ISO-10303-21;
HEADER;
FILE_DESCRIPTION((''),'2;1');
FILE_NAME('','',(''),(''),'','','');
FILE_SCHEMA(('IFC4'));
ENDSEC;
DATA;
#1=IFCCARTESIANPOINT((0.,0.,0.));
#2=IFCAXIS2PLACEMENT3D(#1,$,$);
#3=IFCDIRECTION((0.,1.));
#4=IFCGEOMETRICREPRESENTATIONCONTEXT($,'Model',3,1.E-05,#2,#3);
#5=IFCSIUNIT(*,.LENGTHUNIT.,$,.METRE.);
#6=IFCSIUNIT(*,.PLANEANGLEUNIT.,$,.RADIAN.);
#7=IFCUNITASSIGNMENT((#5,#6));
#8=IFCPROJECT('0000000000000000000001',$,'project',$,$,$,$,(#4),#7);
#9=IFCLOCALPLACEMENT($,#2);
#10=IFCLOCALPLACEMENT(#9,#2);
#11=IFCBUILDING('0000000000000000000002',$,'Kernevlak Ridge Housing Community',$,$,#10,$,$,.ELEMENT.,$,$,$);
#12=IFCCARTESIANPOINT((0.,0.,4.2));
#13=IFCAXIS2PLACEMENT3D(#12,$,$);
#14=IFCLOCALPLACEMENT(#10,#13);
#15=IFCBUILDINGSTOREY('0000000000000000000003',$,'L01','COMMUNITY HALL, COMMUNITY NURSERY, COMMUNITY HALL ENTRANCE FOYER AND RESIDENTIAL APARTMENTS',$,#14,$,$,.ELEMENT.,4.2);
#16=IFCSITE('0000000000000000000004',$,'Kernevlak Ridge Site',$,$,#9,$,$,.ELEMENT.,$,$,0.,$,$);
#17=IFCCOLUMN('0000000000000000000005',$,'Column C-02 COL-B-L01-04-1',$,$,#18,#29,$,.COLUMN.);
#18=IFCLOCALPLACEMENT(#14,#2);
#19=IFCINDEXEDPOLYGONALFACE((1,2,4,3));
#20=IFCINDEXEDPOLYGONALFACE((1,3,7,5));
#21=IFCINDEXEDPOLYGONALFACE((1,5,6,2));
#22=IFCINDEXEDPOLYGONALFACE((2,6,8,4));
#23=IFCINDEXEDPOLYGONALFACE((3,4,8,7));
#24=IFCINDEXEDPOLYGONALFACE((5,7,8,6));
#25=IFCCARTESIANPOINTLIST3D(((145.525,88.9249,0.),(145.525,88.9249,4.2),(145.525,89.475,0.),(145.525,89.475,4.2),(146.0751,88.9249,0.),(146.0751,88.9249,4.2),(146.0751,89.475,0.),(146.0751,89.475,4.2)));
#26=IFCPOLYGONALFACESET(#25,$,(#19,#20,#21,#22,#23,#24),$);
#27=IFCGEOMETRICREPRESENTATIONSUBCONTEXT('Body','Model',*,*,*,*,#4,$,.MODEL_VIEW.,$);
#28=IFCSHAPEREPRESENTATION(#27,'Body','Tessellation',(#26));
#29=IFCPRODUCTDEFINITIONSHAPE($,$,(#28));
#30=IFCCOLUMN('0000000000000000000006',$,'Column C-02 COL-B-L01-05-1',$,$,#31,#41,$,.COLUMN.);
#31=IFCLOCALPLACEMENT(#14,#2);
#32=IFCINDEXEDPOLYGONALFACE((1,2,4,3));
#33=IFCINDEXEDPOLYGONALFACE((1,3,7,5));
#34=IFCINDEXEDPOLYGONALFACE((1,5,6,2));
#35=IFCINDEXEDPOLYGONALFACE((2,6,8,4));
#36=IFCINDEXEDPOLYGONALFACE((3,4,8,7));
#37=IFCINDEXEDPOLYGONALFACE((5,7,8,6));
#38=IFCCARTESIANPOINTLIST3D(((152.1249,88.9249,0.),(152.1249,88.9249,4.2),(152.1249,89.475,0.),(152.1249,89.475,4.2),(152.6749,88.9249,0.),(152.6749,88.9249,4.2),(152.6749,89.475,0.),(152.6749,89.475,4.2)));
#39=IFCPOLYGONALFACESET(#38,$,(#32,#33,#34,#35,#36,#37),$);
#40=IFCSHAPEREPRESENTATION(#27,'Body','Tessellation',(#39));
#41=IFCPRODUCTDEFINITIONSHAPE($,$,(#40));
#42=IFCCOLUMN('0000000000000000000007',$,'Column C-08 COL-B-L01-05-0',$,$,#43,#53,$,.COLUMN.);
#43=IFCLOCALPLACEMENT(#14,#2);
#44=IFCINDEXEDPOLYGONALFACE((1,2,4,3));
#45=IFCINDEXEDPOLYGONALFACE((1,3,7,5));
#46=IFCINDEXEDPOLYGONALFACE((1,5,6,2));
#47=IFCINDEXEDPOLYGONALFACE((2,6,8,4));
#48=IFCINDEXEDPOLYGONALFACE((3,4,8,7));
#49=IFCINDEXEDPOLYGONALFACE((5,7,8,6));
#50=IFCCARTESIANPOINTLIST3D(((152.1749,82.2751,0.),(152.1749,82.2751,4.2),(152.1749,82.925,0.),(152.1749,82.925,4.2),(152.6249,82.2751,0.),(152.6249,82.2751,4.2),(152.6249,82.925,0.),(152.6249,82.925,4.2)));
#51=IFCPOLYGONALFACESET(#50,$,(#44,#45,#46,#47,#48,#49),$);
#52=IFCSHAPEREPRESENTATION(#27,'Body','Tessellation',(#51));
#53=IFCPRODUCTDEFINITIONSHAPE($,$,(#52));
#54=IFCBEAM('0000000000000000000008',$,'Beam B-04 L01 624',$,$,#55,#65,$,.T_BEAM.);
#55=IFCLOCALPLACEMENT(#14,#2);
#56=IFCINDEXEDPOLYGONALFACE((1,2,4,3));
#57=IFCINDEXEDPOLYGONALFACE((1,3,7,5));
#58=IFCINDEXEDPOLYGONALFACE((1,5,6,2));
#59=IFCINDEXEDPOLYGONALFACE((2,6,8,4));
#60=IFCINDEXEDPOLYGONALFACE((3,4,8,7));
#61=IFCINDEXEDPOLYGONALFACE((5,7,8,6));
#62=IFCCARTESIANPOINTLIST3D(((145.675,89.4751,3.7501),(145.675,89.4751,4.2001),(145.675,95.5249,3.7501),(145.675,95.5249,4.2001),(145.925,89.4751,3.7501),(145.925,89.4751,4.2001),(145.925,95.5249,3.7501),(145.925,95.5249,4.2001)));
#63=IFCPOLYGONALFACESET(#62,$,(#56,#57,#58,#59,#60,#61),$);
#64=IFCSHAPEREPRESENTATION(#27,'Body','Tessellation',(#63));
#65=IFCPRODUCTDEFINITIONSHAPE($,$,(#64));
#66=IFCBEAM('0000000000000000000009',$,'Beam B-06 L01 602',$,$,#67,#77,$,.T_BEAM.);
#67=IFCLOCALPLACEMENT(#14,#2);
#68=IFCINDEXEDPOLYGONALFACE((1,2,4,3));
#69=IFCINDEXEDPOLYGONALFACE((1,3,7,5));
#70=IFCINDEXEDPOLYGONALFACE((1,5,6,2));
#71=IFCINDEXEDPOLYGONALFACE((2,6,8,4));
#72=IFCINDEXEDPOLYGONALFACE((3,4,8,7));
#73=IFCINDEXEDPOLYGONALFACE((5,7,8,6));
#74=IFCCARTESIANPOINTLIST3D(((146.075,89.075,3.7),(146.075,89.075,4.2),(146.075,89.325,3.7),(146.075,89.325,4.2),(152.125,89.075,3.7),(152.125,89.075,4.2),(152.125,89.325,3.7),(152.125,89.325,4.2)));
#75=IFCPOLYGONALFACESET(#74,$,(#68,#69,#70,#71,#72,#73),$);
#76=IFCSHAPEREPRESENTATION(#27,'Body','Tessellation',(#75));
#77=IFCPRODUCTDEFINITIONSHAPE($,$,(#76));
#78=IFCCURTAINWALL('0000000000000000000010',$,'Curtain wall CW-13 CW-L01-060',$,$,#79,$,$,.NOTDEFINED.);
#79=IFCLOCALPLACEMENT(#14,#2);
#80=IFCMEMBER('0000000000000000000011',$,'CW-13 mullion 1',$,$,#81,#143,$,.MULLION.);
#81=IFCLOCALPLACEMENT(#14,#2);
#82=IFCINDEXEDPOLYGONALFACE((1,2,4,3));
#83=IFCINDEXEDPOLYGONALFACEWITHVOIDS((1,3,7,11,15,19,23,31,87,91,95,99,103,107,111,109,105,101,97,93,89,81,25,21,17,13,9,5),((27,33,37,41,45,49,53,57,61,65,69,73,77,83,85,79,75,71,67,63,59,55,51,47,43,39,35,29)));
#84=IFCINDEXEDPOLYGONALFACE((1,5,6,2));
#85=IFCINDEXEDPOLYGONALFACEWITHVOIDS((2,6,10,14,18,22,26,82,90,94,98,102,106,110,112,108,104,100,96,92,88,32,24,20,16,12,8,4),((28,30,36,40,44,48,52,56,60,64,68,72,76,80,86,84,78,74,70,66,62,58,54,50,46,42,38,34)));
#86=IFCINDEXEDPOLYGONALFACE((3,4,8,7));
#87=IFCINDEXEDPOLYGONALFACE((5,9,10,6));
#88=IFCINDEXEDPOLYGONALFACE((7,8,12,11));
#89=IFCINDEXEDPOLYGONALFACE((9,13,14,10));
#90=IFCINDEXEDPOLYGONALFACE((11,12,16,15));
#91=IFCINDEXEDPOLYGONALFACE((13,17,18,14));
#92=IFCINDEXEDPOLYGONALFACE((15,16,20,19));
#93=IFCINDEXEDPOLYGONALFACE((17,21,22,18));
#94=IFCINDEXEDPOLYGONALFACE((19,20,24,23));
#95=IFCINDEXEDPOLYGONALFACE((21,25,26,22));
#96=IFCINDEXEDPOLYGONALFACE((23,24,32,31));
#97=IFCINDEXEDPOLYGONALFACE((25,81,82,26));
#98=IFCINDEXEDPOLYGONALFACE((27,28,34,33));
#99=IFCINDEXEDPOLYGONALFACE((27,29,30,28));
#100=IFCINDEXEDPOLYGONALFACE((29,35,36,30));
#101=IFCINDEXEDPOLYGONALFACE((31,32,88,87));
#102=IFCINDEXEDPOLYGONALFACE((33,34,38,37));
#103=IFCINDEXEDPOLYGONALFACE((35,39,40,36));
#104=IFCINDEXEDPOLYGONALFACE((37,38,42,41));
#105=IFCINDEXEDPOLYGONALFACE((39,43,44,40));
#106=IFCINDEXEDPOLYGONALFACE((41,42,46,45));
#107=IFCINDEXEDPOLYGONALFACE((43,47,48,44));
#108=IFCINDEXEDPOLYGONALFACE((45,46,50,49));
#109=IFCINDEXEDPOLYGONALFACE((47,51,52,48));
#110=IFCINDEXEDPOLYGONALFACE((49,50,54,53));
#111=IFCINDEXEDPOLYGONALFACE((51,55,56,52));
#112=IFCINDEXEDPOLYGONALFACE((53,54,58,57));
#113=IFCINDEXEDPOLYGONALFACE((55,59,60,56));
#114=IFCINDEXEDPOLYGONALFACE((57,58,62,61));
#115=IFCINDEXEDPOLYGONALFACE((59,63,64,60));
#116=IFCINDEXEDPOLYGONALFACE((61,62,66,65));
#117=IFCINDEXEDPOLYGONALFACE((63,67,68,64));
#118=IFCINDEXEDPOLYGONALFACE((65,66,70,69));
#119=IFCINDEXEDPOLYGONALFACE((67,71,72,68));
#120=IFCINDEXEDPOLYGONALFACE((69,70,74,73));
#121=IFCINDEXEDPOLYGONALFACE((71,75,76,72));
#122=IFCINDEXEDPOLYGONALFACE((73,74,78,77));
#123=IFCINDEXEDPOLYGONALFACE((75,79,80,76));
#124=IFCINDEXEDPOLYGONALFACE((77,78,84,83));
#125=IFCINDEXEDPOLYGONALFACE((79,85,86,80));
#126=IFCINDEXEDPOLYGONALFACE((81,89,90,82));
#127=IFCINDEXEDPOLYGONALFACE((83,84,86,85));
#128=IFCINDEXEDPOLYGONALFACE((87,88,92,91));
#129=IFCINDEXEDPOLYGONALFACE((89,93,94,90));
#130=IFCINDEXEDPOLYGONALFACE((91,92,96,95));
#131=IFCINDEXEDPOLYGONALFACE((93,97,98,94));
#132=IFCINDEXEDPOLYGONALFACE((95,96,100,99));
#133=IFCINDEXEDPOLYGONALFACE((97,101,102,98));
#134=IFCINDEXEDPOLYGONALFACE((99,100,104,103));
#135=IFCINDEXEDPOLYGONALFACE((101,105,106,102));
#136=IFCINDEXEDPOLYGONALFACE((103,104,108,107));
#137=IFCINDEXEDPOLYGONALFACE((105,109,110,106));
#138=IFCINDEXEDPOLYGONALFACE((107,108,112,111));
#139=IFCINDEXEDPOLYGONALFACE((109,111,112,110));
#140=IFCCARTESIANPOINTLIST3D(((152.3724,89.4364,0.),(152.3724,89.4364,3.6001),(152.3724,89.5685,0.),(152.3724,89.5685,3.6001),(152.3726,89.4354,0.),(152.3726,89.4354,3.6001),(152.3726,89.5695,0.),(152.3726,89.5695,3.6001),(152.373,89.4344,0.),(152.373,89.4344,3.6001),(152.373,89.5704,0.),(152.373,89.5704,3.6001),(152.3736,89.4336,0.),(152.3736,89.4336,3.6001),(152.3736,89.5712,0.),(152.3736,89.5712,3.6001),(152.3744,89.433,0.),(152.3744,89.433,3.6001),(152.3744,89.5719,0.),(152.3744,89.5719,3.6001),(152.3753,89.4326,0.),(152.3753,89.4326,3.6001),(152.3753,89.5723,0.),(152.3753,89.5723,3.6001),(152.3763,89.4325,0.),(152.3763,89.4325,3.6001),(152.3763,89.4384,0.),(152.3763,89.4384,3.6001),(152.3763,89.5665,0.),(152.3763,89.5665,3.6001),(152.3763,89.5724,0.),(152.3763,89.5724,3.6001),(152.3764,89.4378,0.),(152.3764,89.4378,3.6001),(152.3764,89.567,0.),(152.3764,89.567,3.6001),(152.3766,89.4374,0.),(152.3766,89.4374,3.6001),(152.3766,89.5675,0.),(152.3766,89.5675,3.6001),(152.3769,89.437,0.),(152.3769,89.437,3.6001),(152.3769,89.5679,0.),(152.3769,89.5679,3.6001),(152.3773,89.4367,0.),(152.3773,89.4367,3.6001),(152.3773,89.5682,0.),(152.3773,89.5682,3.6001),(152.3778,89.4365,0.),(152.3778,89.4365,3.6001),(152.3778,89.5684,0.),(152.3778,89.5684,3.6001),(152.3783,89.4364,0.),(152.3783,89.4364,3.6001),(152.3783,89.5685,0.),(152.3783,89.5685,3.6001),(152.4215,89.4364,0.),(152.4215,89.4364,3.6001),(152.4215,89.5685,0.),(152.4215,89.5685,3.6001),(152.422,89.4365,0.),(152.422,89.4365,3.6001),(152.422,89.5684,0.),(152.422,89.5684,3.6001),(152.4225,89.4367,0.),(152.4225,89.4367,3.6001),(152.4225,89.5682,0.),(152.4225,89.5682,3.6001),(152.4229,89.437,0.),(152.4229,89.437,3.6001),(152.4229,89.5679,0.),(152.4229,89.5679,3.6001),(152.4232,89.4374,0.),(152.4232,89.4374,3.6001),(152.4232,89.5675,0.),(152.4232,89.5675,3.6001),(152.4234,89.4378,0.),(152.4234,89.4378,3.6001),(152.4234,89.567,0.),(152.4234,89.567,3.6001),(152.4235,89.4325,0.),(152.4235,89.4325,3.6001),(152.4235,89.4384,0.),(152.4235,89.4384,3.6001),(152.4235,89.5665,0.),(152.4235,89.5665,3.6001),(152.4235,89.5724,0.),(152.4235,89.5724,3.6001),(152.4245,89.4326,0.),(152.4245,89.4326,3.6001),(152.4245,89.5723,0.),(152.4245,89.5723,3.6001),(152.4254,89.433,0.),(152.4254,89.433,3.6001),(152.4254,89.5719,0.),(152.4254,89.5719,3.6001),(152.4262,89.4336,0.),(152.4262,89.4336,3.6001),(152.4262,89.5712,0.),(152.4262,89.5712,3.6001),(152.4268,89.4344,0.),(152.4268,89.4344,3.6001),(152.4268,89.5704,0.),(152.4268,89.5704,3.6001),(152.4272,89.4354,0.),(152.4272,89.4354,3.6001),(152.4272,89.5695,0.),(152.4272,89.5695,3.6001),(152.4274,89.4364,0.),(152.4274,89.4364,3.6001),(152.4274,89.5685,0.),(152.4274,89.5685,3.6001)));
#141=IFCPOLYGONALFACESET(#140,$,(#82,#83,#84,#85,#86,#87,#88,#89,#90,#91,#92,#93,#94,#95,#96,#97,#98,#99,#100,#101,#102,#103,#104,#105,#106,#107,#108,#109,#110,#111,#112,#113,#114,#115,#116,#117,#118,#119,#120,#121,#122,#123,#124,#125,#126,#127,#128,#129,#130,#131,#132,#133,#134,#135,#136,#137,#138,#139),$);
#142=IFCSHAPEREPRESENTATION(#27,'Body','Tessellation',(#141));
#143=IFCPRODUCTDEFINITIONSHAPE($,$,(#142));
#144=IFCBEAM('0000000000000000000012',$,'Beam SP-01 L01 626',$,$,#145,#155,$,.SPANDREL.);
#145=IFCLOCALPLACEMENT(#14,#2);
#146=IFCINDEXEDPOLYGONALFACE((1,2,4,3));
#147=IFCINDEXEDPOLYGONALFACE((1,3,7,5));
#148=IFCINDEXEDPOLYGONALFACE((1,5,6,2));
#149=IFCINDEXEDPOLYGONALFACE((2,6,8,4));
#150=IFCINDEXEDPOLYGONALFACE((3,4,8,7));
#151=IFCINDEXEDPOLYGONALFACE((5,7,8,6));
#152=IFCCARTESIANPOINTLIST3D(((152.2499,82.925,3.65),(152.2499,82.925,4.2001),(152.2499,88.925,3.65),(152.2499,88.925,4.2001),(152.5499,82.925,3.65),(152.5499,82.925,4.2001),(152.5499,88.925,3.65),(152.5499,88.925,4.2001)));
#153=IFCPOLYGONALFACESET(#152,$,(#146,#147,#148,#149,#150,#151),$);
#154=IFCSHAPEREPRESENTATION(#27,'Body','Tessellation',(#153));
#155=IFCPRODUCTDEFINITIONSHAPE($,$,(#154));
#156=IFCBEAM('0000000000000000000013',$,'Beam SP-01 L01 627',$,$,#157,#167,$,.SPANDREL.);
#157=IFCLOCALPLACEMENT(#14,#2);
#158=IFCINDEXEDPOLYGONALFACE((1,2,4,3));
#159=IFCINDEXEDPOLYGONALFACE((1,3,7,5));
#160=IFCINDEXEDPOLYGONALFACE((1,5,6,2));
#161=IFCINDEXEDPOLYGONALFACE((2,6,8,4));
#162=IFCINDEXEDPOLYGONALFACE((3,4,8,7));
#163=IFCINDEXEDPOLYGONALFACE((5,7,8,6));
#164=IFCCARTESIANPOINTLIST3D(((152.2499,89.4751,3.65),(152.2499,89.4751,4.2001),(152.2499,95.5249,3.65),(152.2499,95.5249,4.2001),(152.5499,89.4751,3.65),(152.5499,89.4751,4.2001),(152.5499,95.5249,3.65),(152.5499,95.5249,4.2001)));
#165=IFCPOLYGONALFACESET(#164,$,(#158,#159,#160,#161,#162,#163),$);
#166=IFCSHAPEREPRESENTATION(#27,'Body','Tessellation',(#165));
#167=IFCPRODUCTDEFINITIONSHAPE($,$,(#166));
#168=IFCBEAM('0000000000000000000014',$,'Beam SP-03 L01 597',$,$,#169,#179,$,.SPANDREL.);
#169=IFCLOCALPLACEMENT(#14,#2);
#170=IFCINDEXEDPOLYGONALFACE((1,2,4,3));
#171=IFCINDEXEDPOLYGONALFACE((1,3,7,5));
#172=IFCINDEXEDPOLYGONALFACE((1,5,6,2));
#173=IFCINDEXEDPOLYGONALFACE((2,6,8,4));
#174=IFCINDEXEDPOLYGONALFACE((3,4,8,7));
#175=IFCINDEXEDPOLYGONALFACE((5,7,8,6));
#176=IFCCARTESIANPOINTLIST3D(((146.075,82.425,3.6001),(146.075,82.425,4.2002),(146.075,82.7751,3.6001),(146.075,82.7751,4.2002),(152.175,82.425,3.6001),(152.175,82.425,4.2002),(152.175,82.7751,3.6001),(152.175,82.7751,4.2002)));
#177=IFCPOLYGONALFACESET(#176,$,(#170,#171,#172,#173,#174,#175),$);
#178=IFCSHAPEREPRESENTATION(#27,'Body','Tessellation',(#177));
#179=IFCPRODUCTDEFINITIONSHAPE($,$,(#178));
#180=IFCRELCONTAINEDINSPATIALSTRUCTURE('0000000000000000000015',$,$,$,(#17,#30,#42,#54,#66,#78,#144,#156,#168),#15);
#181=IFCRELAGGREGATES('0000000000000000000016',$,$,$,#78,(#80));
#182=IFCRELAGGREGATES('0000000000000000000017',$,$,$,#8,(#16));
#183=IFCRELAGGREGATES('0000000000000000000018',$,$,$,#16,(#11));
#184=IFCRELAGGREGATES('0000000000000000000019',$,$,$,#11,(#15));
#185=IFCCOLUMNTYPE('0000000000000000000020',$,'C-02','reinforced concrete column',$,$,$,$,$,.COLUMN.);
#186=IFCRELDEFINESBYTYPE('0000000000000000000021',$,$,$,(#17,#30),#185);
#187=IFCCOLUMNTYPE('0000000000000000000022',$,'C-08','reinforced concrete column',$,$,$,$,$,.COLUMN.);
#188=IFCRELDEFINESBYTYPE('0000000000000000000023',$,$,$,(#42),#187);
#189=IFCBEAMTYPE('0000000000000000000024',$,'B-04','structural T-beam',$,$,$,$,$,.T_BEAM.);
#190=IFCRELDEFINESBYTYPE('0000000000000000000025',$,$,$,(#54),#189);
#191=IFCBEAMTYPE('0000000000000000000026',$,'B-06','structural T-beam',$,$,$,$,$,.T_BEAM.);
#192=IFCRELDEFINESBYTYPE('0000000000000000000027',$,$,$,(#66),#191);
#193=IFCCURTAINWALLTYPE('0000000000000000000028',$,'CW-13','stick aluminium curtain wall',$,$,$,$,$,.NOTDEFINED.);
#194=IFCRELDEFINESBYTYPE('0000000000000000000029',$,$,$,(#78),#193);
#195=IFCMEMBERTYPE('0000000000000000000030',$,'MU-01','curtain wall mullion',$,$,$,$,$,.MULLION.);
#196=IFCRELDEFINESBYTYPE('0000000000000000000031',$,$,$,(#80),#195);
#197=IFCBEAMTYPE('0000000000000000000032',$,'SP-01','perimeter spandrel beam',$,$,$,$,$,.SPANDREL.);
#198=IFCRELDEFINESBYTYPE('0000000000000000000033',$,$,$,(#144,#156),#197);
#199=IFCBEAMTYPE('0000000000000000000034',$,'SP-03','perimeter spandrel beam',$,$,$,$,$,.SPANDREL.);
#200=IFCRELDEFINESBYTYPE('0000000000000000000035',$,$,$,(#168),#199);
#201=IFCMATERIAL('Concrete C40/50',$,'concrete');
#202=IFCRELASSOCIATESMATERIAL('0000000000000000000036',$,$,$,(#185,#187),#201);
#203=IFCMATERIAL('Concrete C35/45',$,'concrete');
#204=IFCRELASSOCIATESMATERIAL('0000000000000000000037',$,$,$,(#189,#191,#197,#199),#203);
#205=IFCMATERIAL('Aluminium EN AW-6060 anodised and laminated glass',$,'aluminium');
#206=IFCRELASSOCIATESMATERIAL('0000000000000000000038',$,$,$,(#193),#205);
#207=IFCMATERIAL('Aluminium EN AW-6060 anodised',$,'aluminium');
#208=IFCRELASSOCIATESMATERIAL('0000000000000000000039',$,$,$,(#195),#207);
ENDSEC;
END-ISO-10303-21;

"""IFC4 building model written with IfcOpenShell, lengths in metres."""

from ifc_helpers import new_model, si_unit, direction, frame, origin, origin_2d, place, context, subcontext, project, spatial, rectangle, hollow_rectangle, extrude, material, material_profile, profile_set, type_object, element, aggregate, save


model = new_model("IFC4")

# Units and contexts
model_context = context("Model", 3, precision=1e-05, world=origin(), true_north=direction((0.0, 1.0)))
body_context = subcontext(model_context, "Body", "Model", "MODEL_VIEW")
ifc_project = project(units=[si_unit("LENGTHUNIT", "METRE"), si_unit("PLANEANGLEUNIT", "RADIAN")], contexts=[model_context])

# Site, building, storey
site_placement = place(None, origin())
site = spatial("IfcSite", under=ifc_project, at=site_placement, Name="Kernevlak Ridge Site", CompositionType="ELEMENT", RefElevation=0.0)
building_placement = place(site_placement, origin())
building = spatial("IfcBuilding", under=site, at=building_placement, Name="Kernevlak Ridge Housing Community", CompositionType="ELEMENT")
storey_placement = place(building_placement, frame((0.0, 0.0, 4.2)))
storey = spatial("IfcBuildingStorey", under=building, at=storey_placement, Name="L01", Description="COMMUNITY HALL, COMMUNITY NURSERY, COMMUNITY HALL ENTRANCE FOYER AND RESIDENTIAL APARTMENTS", CompositionType="ELEMENT", Elevation=4.2)

# Columns
ifc_material_1 = material(Name="Concrete C40/50", Category="concrete")
ifc_material_profile_1 = material_profile(ifc_material_1, rectangle(XDim=0.55, YDim=0.55, at=origin_2d()), Name="RC 550x550")
ifc_profile_set_1 = profile_set([ifc_material_profile_1], Name="Concrete C40/50")
column_type_1 = type_object("IfcColumnType", Name="C-02", Description="reinforced concrete column", PredefinedType="COLUMN", material=ifc_profile_set_1)
for number, where, z_axis, x_axis, name in (
    (1, (145.8, 89.2, 0.0), (0.0, 0.0, 1.0), (1.0, 0.0, 0.0), "Column C-02 COL-B-L01-04-1"),
    (2, (152.3999, 89.2, 0.0), (0.0, 0.0, 1.0), (1.0, 0.0, 0.0), "Column C-02 COL-B-L01-05-1"),
):
    element("IfcColumn", number, at=place(storey_placement, frame(where, z_axis=z_axis, x_axis=x_axis)), inside=storey, type_object=column_type_1, Name=name, PredefinedType="COLUMN", context=body_context, shape_type="SweptSolid", body=[
        extrude(rectangle(XDim=0.55, YDim=0.55, at=origin_2d()), origin(), (0.0, 0.0, 1.0), 4.2),
    ])
ifc_material_profile_2 = material_profile(ifc_material_1, rectangle(XDim=0.45, YDim=0.6499, at=origin_2d()), Name="RC 450x650")
ifc_profile_set_2 = profile_set([ifc_material_profile_2], Name="Concrete C40/50")
column_type_2 = type_object("IfcColumnType", Name="C-08", Description="reinforced concrete column", PredefinedType="COLUMN", material=ifc_profile_set_2)
column_placement = place(storey_placement, frame((152.3999, 82.6001, 0.0), z_axis=(0.0, 0.0, 1.0), x_axis=(1.0, 0.0, 0.0)))
element("IfcColumn", 3, at=column_placement, inside=storey, type_object=column_type_2, Name="Column C-08 COL-B-L01-05-0", PredefinedType="COLUMN", context=body_context, shape_type="SweptSolid", body=[
    extrude(rectangle(XDim=0.45, YDim=0.6499, at=origin_2d()), origin(), (0.0, 0.0, 1.0), 4.2),
])

# Beams
ifc_material_2 = material(Name="Concrete C35/45", Category="concrete")
ifc_material_profile_3 = material_profile(ifc_material_2, rectangle(XDim=0.25, YDim=0.45, at=origin_2d()), Name="RC 250x450")
ifc_profile_set_3 = profile_set([ifc_material_profile_3], Name="Concrete C35/45")
beam_type_1 = type_object("IfcBeamType", Name="B-04", Description="structural T-beam", PredefinedType="T_BEAM", material=ifc_profile_set_3)
beam_1_placement = place(storey_placement, frame((145.8, 89.4751, 3.9751), z_axis=(0.0, 1.0, 0.0), x_axis=(-1.0, 0.0, 0.0)))
element("IfcBeam", 4, at=beam_1_placement, inside=storey, type_object=beam_type_1, Name="Beam B-04 L01 624", PredefinedType="T_BEAM", context=body_context, shape_type="SweptSolid", body=[
    extrude(rectangle(XDim=0.25, YDim=0.45, at=origin_2d()), origin(), (0.0, 0.0, 1.0), 6.0498),
])
ifc_material_profile_4 = material_profile(ifc_material_2, rectangle(XDim=0.25, YDim=0.5, at=origin_2d()), Name="RC 250x500")
ifc_profile_set_4 = profile_set([ifc_material_profile_4], Name="Concrete C35/45")
beam_type_2 = type_object("IfcBeamType", Name="B-06", Description="structural T-beam", PredefinedType="T_BEAM", material=ifc_profile_set_4)
beam_2_placement = place(storey_placement, frame((146.075, 89.2, 3.95), z_axis=(1.0, 0.0, 0.0), x_axis=(0.0, 1.0, 0.0)))
element("IfcBeam", 5, at=beam_2_placement, inside=storey, type_object=beam_type_2, Name="Beam B-06 L01 602", PredefinedType="T_BEAM", context=body_context, shape_type="SweptSolid", body=[
    extrude(rectangle(XDim=0.25, YDim=0.5, at=origin_2d()), origin(), (0.0, 0.0, 1.0), 6.05),
])

# Curtain wall, member
ifc_material_3 = material(Name="Aluminium EN AW-6060 anodised and laminated glass", Category="aluminium")
curtain_wall_type = type_object("IfcCurtainWallType", Name="CW-13", Description="stick aluminium curtain wall", PredefinedType="NOTDEFINED", material=ifc_material_3)
curtain_wall_placement = place(storey_placement, origin())
curtain_wall = element("IfcCurtainWall", 6, at=curtain_wall_placement, inside=storey, type_object=curtain_wall_type, Name="Curtain wall CW-13 CW-L01-060", PredefinedType="NOTDEFINED")
ifc_material_4 = material(Name="Aluminium EN AW-6060 anodised", Category="aluminium")
ifc_material_profile_5 = material_profile(ifc_material_4, hollow_rectangle(XDim=0.0549, YDim=0.1399, WallThickness=0.0039, InnerFilletRadius=0.002, OuterFilletRadius=0.0039, at=origin_2d()), Name="ALU 55x140x4")
ifc_profile_set_5 = profile_set([ifc_material_profile_5], Name="Aluminium EN AW-6060 anodised")
member_type_1 = type_object("IfcMemberType", Name="MU-01", Description="curtain wall mullion", PredefinedType="MULLION", material=ifc_profile_set_5)
member_1_placement = place(storey_placement, frame((152.3999, 89.5024, 0.0), z_axis=(0.0, 0.0, 1.0), x_axis=(-1.0, 0.0, 0.0)))
member_1 = element("IfcMember", 7, at=member_1_placement, type_object=member_type_1, Name="CW-13 mullion 1", PredefinedType="MULLION", context=body_context, shape_type="SweptSolid", body=[
    extrude(hollow_rectangle(XDim=0.0549, YDim=0.1399, WallThickness=0.0039, InnerFilletRadius=0.002, OuterFilletRadius=0.0039, at=origin_2d()), origin(), (0.0, 0.0, 1.0), 3.6001),
])

# Beams
ifc_material_profile_6 = material_profile(ifc_material_2, rectangle(XDim=0.3, YDim=0.55, at=origin_2d()), Name="RC 300x550")
ifc_profile_set_6 = profile_set([ifc_material_profile_6], Name="Concrete C35/45")
beam_type_3 = type_object("IfcBeamType", Name="SP-01", Description="perimeter spandrel beam", PredefinedType="SPANDREL", material=ifc_profile_set_6)
beam_3_placement = place(storey_placement, frame((152.3999, 82.925, 3.925), z_axis=(0.0, 1.0, 0.0), x_axis=(-1.0, 0.0, 0.0)))
element("IfcBeam", 8, at=beam_3_placement, inside=storey, type_object=beam_type_3, Name="Beam SP-01 L01 626", PredefinedType="SPANDREL", context=body_context, shape_type="SweptSolid", body=[
    extrude(rectangle(XDim=0.3, YDim=0.55, at=origin_2d()), origin(), (0.0, 0.0, 1.0), 6.0),
])
beam_4_placement = place(storey_placement, frame((152.3999, 89.4751, 3.925), z_axis=(0.0, 1.0, 0.0), x_axis=(-1.0, 0.0, 0.0)))
element("IfcBeam", 9, at=beam_4_placement, inside=storey, type_object=beam_type_3, Name="Beam SP-01 L01 627", PredefinedType="SPANDREL", context=body_context, shape_type="SweptSolid", body=[
    extrude(rectangle(XDim=0.3, YDim=0.55, at=origin_2d()), origin(), (0.0, 0.0, 1.0), 6.0498),
])
ifc_material_profile_7 = material_profile(ifc_material_2, rectangle(XDim=0.3501, YDim=0.6001, at=origin_2d()), Name="RC 350x600")
ifc_profile_set_7 = profile_set([ifc_material_profile_7], Name="Concrete C35/45")
beam_type_4 = type_object("IfcBeamType", Name="SP-03", Description="perimeter spandrel beam", PredefinedType="SPANDREL", material=ifc_profile_set_7)
beam_5_placement = place(storey_placement, frame((146.075, 82.6001, 3.9001), z_axis=(1.0, 0.0, 0.0), x_axis=(0.0, 1.0, 0.0)))
element("IfcBeam", 10, at=beam_5_placement, inside=storey, type_object=beam_type_4, Name="Beam SP-03 L01 597", PredefinedType="SPANDREL", context=body_context, shape_type="SweptSolid", body=[
    extrude(rectangle(XDim=0.3501, YDim=0.6001, at=origin_2d()), origin(), (0.0, 0.0, 1.0), 6.1001),
])

aggregate(curtain_wall, [member_1])

save(model, "model.ifc")
